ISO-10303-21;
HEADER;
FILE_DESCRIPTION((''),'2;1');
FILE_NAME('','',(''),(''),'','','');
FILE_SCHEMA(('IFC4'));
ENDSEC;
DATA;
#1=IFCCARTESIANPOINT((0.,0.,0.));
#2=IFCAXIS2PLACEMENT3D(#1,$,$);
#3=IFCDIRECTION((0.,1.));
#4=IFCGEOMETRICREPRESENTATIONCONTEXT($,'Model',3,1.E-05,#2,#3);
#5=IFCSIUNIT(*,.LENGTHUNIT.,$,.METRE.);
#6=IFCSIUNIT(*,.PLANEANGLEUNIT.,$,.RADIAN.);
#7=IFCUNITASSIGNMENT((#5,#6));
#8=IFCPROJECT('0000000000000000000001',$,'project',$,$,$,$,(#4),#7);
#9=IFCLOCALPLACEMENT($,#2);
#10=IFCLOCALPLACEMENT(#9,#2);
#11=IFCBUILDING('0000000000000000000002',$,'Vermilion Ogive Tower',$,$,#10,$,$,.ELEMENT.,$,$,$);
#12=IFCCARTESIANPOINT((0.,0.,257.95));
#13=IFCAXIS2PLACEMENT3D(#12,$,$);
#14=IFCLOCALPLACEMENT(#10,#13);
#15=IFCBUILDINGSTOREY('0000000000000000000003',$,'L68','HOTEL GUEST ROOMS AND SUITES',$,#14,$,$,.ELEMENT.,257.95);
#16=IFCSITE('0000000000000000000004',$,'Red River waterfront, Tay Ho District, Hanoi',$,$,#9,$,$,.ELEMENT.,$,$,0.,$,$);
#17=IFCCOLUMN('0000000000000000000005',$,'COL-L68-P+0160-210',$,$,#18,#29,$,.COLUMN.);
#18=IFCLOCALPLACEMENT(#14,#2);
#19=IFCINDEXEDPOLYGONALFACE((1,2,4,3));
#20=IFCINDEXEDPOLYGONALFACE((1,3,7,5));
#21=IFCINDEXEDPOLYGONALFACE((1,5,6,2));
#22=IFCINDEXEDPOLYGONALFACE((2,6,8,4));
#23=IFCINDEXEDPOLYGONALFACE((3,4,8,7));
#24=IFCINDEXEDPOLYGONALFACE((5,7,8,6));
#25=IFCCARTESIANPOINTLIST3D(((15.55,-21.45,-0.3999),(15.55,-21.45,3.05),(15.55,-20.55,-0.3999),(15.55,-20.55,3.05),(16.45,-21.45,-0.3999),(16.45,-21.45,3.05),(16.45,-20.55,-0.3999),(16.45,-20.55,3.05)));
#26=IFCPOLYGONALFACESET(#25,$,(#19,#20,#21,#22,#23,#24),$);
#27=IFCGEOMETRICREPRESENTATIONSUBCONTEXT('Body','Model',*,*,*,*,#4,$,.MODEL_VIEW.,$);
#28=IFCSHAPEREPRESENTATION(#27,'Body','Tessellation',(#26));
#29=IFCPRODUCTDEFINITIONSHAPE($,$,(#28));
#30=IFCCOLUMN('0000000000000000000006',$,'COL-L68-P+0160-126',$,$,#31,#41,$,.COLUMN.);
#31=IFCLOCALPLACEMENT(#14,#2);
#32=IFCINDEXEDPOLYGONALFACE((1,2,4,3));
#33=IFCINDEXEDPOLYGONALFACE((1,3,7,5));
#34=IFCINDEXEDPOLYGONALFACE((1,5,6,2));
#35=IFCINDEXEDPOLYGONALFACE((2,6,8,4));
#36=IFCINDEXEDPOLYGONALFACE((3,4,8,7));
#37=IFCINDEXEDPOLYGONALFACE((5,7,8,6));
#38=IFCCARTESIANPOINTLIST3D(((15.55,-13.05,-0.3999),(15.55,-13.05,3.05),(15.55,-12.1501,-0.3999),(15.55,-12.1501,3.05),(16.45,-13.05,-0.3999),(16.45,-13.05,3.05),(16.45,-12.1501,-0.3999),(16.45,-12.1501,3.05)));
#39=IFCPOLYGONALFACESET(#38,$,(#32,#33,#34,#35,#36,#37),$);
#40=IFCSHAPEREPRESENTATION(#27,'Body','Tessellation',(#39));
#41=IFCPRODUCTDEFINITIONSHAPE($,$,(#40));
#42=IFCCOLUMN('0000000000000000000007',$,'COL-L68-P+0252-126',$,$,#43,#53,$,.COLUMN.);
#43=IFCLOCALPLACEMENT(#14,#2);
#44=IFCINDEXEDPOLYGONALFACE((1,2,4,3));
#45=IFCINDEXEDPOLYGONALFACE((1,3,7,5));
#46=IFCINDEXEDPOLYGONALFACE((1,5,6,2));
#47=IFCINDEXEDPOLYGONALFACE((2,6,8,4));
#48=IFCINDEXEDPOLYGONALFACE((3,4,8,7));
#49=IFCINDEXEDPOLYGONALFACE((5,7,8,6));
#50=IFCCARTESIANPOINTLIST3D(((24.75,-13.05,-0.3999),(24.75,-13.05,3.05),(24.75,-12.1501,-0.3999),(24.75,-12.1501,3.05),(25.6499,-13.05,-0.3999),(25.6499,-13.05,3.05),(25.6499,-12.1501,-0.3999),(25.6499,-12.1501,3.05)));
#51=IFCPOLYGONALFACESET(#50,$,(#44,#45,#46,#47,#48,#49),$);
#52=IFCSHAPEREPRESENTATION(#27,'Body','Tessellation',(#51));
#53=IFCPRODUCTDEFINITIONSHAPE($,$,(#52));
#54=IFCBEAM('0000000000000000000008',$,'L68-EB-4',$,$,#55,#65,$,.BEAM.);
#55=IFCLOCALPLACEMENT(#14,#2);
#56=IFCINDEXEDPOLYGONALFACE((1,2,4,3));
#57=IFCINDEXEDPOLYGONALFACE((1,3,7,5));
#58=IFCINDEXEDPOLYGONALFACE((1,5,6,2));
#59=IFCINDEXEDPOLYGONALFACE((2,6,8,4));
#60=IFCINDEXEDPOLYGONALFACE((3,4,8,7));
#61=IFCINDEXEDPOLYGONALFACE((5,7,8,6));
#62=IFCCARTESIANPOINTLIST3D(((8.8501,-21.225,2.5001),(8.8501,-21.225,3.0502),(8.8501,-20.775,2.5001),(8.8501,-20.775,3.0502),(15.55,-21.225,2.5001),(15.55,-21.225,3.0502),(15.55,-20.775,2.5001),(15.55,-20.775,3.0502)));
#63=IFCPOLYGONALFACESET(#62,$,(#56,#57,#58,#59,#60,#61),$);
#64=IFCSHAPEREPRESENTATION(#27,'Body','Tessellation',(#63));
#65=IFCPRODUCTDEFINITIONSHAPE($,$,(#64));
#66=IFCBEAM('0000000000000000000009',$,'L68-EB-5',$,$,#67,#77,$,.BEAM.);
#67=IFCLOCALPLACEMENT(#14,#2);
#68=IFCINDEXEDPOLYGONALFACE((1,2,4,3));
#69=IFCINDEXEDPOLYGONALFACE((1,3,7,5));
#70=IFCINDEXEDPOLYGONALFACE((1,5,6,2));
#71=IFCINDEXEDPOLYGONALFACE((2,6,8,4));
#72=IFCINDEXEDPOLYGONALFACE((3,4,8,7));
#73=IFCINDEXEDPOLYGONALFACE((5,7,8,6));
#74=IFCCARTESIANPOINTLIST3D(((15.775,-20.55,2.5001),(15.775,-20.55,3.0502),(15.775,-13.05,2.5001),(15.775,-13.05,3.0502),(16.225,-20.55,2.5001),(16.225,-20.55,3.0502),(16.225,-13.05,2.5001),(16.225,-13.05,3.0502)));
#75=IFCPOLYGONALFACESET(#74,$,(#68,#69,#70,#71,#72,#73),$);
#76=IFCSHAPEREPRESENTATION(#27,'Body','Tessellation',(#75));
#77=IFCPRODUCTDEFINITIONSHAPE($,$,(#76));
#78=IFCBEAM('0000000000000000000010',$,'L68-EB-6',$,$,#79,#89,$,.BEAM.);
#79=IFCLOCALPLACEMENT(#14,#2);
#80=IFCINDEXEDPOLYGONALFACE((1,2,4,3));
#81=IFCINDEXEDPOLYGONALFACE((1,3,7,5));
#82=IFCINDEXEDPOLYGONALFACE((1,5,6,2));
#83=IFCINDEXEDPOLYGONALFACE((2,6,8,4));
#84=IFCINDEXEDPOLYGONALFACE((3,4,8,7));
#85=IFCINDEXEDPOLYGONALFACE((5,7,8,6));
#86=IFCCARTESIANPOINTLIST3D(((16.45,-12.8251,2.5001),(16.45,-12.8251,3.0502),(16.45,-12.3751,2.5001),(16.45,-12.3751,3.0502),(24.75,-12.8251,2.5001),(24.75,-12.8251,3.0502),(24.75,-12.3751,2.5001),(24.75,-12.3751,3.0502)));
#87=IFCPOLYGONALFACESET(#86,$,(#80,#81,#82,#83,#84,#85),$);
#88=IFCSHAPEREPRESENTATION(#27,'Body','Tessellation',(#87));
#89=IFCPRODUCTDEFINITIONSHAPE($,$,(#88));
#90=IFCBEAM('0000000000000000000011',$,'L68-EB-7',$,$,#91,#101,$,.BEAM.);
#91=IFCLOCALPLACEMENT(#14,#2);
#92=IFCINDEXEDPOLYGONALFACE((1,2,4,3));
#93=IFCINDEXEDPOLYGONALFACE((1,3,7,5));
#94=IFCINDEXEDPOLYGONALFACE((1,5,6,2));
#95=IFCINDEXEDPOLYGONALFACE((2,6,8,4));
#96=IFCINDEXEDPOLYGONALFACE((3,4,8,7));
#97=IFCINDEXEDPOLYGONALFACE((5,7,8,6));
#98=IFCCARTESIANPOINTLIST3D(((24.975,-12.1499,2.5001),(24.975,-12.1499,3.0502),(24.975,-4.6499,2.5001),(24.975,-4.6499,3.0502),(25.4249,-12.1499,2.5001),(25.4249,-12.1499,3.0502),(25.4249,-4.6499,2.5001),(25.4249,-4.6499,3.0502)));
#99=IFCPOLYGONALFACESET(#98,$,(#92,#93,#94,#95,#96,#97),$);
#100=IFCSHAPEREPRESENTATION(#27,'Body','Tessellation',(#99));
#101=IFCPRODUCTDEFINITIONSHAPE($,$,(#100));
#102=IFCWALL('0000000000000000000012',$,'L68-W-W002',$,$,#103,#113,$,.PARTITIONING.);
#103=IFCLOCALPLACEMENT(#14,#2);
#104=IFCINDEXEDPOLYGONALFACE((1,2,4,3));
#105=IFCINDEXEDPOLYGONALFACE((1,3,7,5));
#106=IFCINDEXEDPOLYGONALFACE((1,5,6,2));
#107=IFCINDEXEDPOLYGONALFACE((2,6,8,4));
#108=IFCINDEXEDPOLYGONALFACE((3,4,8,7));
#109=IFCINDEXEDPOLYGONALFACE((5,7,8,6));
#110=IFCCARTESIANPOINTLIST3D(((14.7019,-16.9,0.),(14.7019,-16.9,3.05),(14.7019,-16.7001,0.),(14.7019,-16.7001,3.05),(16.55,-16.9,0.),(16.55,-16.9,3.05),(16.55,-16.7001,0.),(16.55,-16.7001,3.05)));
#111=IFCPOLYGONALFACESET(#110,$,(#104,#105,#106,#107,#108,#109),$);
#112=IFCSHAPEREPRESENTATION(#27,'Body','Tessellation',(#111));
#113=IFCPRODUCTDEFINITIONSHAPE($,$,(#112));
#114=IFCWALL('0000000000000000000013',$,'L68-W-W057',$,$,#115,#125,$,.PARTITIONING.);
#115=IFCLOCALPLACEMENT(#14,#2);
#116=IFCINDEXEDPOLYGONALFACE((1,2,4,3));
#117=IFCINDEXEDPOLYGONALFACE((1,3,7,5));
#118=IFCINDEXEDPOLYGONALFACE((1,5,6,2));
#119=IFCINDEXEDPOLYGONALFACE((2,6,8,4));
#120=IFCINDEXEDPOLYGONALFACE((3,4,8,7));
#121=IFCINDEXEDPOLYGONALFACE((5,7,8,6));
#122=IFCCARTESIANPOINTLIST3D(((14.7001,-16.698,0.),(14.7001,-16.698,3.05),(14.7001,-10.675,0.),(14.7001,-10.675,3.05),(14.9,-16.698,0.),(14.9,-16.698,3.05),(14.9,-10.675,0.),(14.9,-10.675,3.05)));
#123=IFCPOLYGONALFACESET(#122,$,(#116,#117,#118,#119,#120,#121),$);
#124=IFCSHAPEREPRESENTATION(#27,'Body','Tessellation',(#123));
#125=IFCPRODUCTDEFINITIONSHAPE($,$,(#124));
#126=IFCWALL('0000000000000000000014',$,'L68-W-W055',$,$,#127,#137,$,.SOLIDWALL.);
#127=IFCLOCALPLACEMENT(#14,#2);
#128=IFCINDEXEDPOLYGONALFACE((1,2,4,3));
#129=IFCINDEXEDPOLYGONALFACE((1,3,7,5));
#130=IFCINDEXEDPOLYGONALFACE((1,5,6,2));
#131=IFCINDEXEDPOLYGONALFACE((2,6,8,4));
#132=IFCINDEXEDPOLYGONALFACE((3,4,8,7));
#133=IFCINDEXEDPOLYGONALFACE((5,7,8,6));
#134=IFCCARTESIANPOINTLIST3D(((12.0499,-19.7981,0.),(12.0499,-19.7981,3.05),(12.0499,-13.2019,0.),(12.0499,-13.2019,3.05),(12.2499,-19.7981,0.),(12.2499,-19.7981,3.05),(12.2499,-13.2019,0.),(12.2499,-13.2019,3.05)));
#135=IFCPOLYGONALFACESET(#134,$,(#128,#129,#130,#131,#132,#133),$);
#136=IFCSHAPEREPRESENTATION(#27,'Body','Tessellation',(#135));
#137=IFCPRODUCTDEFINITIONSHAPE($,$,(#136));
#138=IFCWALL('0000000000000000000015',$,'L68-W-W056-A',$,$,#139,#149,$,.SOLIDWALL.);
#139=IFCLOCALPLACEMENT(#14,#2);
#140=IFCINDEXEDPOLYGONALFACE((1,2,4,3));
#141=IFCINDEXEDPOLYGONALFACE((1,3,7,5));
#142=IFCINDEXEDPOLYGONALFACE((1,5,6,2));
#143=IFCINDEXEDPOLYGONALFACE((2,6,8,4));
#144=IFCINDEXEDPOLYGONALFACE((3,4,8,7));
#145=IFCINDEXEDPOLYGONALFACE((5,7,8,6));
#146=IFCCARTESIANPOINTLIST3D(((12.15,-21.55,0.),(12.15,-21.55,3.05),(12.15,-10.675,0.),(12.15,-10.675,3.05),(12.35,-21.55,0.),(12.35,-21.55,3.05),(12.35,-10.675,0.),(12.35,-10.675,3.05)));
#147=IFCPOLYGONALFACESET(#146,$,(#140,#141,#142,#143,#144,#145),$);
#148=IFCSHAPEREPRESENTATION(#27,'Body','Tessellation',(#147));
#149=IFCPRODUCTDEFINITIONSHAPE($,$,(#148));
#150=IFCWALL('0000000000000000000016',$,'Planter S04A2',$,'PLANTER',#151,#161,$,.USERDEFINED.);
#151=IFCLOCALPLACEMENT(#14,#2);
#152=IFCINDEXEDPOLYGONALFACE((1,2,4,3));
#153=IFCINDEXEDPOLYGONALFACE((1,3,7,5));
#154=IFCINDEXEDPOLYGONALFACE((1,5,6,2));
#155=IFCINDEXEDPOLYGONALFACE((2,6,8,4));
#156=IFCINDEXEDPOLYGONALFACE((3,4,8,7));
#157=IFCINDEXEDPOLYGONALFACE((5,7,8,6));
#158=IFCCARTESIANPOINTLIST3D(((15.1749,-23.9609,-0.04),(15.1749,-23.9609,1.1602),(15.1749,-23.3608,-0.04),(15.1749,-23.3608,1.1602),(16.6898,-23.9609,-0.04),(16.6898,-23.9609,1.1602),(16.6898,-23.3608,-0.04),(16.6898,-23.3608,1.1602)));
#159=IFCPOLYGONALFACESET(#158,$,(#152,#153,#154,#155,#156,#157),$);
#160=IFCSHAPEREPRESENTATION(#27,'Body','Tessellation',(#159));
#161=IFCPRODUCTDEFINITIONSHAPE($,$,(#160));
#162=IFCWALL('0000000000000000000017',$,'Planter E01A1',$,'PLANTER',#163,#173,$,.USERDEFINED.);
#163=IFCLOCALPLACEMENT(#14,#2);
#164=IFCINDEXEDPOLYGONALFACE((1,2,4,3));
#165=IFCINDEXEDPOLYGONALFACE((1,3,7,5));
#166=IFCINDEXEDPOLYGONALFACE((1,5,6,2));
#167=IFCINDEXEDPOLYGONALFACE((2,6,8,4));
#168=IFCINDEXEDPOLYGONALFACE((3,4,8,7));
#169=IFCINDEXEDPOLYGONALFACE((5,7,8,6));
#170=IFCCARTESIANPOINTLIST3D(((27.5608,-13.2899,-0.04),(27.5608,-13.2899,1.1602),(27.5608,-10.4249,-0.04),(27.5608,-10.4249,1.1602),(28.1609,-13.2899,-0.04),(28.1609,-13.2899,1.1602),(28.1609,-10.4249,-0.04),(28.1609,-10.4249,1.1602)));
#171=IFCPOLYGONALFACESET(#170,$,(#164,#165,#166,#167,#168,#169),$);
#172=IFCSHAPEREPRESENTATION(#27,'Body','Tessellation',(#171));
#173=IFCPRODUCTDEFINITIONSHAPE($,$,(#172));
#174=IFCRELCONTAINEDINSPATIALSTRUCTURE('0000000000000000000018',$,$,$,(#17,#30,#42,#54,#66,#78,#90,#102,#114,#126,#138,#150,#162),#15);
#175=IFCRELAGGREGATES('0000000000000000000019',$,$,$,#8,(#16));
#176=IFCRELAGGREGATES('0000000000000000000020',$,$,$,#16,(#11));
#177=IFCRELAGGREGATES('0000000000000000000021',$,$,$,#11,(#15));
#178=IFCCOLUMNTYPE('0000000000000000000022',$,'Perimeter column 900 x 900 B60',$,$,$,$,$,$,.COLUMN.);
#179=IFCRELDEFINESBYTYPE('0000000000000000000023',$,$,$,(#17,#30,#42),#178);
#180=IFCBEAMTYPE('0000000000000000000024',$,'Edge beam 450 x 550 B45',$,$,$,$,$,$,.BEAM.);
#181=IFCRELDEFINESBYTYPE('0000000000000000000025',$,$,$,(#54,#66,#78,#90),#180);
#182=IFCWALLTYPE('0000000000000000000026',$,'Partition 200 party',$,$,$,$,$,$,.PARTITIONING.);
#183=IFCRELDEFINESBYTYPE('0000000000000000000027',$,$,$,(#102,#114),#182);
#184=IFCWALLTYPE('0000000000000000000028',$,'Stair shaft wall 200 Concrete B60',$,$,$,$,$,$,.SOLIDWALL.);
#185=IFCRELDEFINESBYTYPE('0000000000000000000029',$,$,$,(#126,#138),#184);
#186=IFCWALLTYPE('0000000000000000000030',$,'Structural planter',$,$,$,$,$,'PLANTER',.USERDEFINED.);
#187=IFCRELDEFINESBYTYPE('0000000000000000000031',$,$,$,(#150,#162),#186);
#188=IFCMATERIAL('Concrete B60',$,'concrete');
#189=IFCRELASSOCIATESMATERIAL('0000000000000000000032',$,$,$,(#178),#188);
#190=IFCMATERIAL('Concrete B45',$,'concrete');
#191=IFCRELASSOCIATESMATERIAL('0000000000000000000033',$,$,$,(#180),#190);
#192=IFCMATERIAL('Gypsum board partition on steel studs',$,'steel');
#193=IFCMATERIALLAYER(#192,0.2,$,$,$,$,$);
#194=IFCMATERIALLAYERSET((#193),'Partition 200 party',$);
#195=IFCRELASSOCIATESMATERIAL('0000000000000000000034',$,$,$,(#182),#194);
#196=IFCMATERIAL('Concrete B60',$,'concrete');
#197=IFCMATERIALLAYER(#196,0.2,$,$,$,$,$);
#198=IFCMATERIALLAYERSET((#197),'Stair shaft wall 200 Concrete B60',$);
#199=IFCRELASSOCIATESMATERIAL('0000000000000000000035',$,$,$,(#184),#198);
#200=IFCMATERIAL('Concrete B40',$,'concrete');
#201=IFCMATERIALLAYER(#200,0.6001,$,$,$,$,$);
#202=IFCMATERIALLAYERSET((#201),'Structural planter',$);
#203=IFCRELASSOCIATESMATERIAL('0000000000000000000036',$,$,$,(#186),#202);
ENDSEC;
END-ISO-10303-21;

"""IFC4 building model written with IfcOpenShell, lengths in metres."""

from ifc_helpers import new_model, si_unit, direction, frame, frame_2d, origin, origin_2d, place, context, subcontext, project, spatial, rectangle, extrude, material, layer, layer_set, material_profile, profile_set, type_object, element, save


model = new_model("IFC4")

# Units and contexts
model_context = context("Model", 3, precision=1e-05, world=origin(), true_north=direction((0.0, 1.0)))
body_context = subcontext(model_context, "Body", "Model", "MODEL_VIEW")
ifc_project = project(units=[si_unit("LENGTHUNIT", "METRE"), si_unit("PLANEANGLEUNIT", "RADIAN")], contexts=[model_context])

# Site, building, storey
site_placement = place(None, origin())
site = spatial("IfcSite", under=ifc_project, at=site_placement, Name="Red River waterfront, Tay Ho District, Hanoi", CompositionType="ELEMENT", RefElevation=0.0)
building_placement = place(site_placement, origin())
building = spatial("IfcBuilding", under=site, at=building_placement, Name="Vermilion Ogive Tower", CompositionType="ELEMENT")
storey_placement = place(building_placement, frame((0.0, 0.0, 257.95)))
storey = spatial("IfcBuildingStorey", under=building, at=storey_placement, Name="L68", Description="HOTEL GUEST ROOMS AND SUITES", CompositionType="ELEMENT", Elevation=257.95)

# Columns
ifc_material_1 = material(Name="Concrete B60", Category="concrete")
ifc_material_profile_1 = material_profile(ifc_material_1, rectangle(XDim=0.8999, YDim=0.8999, at=origin_2d()), Name="900 x 900")
ifc_profile_set_1 = profile_set([ifc_material_profile_1], Name="Concrete B60")
column_type = type_object("IfcColumnType", Name="Perimeter column 900 x 900 B60", PredefinedType="COLUMN", material=ifc_profile_set_1)
for number, where, z_axis, x_axis, name in (
    (1, (16.0, -21.0, -0.3999), (0.0, 0.0, 1.0), (1.0, 0.0, 0.0), "COL-L68-P+0160-210"),
    (2, (16.0, -12.6001, -0.3999), (0.0, 0.0, 1.0), (1.0, 0.0, 0.0), "COL-L68-P+0160-126"),
    (3, (25.2, -12.6001, -0.3999), (0.0, 0.0, 1.0), (1.0, 0.0, 0.0), "COL-L68-P+0252-126"),
):
    element("IfcColumn", number, at=place(storey_placement, frame(where, z_axis=z_axis, x_axis=x_axis)), inside=storey, type_object=column_type, Name=name, PredefinedType="COLUMN", context=body_context, shape_type="SweptSolid", body=[
        extrude(rectangle(XDim=0.8999, YDim=0.8999, at=origin_2d()), origin(), (0.0, 0.0, 1.0), 3.45),
    ])

# Beams
ifc_material_2 = material(Name="Concrete B45", Category="concrete")
ifc_material_profile_2 = material_profile(ifc_material_2, rectangle(XDim=0.45, YDim=0.55, at=origin_2d()), Name="450 x 550")
ifc_profile_set_2 = profile_set([ifc_material_profile_2], Name="Concrete B45")
beam_type = type_object("IfcBeamType", Name="Edge beam 450 x 550 B45", PredefinedType="BEAM", material=ifc_profile_set_2)
beam_1_placement = place(storey_placement, frame((8.8501, -21.0, 2.7751), z_axis=(1.0, 0.0, 0.0), x_axis=(0.0, 1.0, 0.0)))
element("IfcBeam", 4, at=beam_1_placement, inside=storey, type_object=beam_type, Name="L68-EB-4", PredefinedType="BEAM", context=body_context, shape_type="SweptSolid", body=[
    extrude(rectangle(XDim=0.45, YDim=0.55, at=origin_2d()), origin(), (0.0, 0.0, 1.0), 6.7),
])
beam_2_placement = place(storey_placement, frame((16.0, -20.55, 2.7751), z_axis=(0.0, 1.0, 0.0), x_axis=(-1.0, 0.0, 0.0)))
element("IfcBeam", 5, at=beam_2_placement, inside=storey, type_object=beam_type, Name="L68-EB-5", PredefinedType="BEAM", context=body_context, shape_type="SweptSolid", body=[
    extrude(rectangle(XDim=0.45, YDim=0.55, at=origin_2d()), origin(), (0.0, 0.0, 1.0), 7.5),
])
beam_3_placement = place(storey_placement, frame((16.45, -12.6001, 2.7751), z_axis=(1.0, 0.0, 0.0), x_axis=(0.0, 1.0, 0.0)))
element("IfcBeam", 6, at=beam_3_placement, inside=storey, type_object=beam_type, Name="L68-EB-6", PredefinedType="BEAM", context=body_context, shape_type="SweptSolid", body=[
    extrude(rectangle(XDim=0.45, YDim=0.55, at=origin_2d()), origin(), (0.0, 0.0, 1.0), 8.3),
])
beam_4_placement = place(storey_placement, frame((25.2, -12.1499, 2.7751), z_axis=(0.0, 1.0, 0.0), x_axis=(-1.0, 0.0, 0.0)))
element("IfcBeam", 7, at=beam_4_placement, inside=storey, type_object=beam_type, Name="L68-EB-7", PredefinedType="BEAM", context=body_context, shape_type="SweptSolid", body=[
    extrude(rectangle(XDim=0.45, YDim=0.55, at=origin_2d()), origin(), (0.0, 0.0, 1.0), 7.5),
])

# Walls
ifc_material_3 = material(Name="Gypsum board partition on steel studs", Category="steel")
ifc_layer_1 = layer(ifc_material_3, 0.2)
ifc_layer_set_1 = layer_set([ifc_layer_1], Name="Partition 200 party")
wall_type_1 = type_object("IfcWallType", Name="Partition 200 party", PredefinedType="PARTITIONING", material=ifc_layer_set_1)
wall_1_placement = place(storey_placement, frame((14.7019, -16.8, 0.0), z_axis=(0.0, 0.0, 1.0), x_axis=(1.0, 0.0, 0.0)))
element("IfcWall", 8, at=wall_1_placement, inside=storey, type_object=wall_type_1, Name="L68-W-W002", PredefinedType="PARTITIONING", context=body_context, shape_type="SweptSolid", body=[
    extrude(rectangle(XDim=1.8481, YDim=0.2, at=frame_2d((0.9241, 0.0))), origin(), (0.0, 0.0, 1.0), 3.05),
])
wall_2_placement = place(storey_placement, frame((14.8, -16.698, 0.0), z_axis=(0.0, 0.0, 1.0), x_axis=(0.0, 1.0, 0.0)))
element("IfcWall", 9, at=wall_2_placement, inside=storey, type_object=wall_type_1, Name="L68-W-W057", PredefinedType="PARTITIONING", context=body_context, shape_type="SweptSolid", body=[
    extrude(rectangle(XDim=6.0229, YDim=0.2, at=frame_2d((3.0115, 0.0))), origin(), (0.0, 0.0, 1.0), 3.05),
])
ifc_material_4 = material(Name="Concrete B60", Category="concrete")
ifc_layer_2 = layer(ifc_material_4, 0.2)
ifc_layer_set_2 = layer_set([ifc_layer_2], Name="Stair shaft wall 200 Concrete B60")
wall_type_2 = type_object("IfcWallType", Name="Stair shaft wall 200 Concrete B60", PredefinedType="SOLIDWALL", material=ifc_layer_set_2)
wall_3_placement = place(storey_placement, frame((12.1499, -19.7981, 0.0), z_axis=(0.0, 0.0, 1.0), x_axis=(0.0, 1.0, 0.0)))
element("IfcWall", 10, at=wall_3_placement, inside=storey, type_object=wall_type_2, Name="L68-W-W055", PredefinedType="SOLIDWALL", context=body_context, shape_type="SweptSolid", body=[
    extrude(rectangle(XDim=6.5962, YDim=0.2, at=frame_2d((3.2981, 0.0))), origin(), (0.0, 0.0, 1.0), 3.05),
])
wall_4_placement = place(storey_placement, frame((12.25, -21.55, 0.0), z_axis=(0.0, 0.0, 1.0), x_axis=(0.0, 1.0, 0.0)))
element("IfcWall", 11, at=wall_4_placement, inside=storey, type_object=wall_type_2, Name="L68-W-W056-A", PredefinedType="SOLIDWALL", context=body_context, shape_type="SweptSolid", body=[
    extrude(rectangle(XDim=10.875, YDim=0.2, at=frame_2d((5.4375, 0.0))), origin(), (0.0, 0.0, 1.0), 3.05),
])
ifc_material_5 = material(Name="Concrete B40", Category="concrete")
ifc_layer_3 = layer(ifc_material_5, 0.6001)
ifc_layer_set_3 = layer_set([ifc_layer_3], Name="Structural planter")
wall_type_3 = type_object("IfcWallType", Name="Structural planter", ElementType="PLANTER", PredefinedType="USERDEFINED", material=ifc_layer_set_3)
wall_5_placement = place(storey_placement, frame((15.175, -23.6609, -0.04), z_axis=(0.0, 0.0, 1.0), x_axis=(1.0, 0.0, 0.0)))
element("IfcWall", 12, at=wall_5_placement, inside=storey, type_object=wall_type_3, Name="Planter S04A2", ObjectType="PLANTER", PredefinedType="USERDEFINED", context=body_context, shape_type="SweptSolid", body=[
    extrude(rectangle(XDim=1.5149, YDim=0.6001, at=frame_2d((0.7573, 0.0))), origin(), (0.0, 0.0, 1.0), 1.2002),
])
wall_6_placement = place(storey_placement, frame((27.8608, -13.29, -0.04), z_axis=(0.0, 0.0, 1.0), x_axis=(0.0, 1.0, 0.0)))
element("IfcWall", 13, at=wall_6_placement, inside=storey, type_object=wall_type_3, Name="Planter E01A1", ObjectType="PLANTER", PredefinedType="USERDEFINED", context=body_context, shape_type="SweptSolid", body=[
    extrude(rectangle(XDim=2.865, YDim=0.6001, at=frame_2d((1.4326, 0.0))), origin(), (0.0, 0.0, 1.0), 1.2002),
])

save(model, "model.ifc")
